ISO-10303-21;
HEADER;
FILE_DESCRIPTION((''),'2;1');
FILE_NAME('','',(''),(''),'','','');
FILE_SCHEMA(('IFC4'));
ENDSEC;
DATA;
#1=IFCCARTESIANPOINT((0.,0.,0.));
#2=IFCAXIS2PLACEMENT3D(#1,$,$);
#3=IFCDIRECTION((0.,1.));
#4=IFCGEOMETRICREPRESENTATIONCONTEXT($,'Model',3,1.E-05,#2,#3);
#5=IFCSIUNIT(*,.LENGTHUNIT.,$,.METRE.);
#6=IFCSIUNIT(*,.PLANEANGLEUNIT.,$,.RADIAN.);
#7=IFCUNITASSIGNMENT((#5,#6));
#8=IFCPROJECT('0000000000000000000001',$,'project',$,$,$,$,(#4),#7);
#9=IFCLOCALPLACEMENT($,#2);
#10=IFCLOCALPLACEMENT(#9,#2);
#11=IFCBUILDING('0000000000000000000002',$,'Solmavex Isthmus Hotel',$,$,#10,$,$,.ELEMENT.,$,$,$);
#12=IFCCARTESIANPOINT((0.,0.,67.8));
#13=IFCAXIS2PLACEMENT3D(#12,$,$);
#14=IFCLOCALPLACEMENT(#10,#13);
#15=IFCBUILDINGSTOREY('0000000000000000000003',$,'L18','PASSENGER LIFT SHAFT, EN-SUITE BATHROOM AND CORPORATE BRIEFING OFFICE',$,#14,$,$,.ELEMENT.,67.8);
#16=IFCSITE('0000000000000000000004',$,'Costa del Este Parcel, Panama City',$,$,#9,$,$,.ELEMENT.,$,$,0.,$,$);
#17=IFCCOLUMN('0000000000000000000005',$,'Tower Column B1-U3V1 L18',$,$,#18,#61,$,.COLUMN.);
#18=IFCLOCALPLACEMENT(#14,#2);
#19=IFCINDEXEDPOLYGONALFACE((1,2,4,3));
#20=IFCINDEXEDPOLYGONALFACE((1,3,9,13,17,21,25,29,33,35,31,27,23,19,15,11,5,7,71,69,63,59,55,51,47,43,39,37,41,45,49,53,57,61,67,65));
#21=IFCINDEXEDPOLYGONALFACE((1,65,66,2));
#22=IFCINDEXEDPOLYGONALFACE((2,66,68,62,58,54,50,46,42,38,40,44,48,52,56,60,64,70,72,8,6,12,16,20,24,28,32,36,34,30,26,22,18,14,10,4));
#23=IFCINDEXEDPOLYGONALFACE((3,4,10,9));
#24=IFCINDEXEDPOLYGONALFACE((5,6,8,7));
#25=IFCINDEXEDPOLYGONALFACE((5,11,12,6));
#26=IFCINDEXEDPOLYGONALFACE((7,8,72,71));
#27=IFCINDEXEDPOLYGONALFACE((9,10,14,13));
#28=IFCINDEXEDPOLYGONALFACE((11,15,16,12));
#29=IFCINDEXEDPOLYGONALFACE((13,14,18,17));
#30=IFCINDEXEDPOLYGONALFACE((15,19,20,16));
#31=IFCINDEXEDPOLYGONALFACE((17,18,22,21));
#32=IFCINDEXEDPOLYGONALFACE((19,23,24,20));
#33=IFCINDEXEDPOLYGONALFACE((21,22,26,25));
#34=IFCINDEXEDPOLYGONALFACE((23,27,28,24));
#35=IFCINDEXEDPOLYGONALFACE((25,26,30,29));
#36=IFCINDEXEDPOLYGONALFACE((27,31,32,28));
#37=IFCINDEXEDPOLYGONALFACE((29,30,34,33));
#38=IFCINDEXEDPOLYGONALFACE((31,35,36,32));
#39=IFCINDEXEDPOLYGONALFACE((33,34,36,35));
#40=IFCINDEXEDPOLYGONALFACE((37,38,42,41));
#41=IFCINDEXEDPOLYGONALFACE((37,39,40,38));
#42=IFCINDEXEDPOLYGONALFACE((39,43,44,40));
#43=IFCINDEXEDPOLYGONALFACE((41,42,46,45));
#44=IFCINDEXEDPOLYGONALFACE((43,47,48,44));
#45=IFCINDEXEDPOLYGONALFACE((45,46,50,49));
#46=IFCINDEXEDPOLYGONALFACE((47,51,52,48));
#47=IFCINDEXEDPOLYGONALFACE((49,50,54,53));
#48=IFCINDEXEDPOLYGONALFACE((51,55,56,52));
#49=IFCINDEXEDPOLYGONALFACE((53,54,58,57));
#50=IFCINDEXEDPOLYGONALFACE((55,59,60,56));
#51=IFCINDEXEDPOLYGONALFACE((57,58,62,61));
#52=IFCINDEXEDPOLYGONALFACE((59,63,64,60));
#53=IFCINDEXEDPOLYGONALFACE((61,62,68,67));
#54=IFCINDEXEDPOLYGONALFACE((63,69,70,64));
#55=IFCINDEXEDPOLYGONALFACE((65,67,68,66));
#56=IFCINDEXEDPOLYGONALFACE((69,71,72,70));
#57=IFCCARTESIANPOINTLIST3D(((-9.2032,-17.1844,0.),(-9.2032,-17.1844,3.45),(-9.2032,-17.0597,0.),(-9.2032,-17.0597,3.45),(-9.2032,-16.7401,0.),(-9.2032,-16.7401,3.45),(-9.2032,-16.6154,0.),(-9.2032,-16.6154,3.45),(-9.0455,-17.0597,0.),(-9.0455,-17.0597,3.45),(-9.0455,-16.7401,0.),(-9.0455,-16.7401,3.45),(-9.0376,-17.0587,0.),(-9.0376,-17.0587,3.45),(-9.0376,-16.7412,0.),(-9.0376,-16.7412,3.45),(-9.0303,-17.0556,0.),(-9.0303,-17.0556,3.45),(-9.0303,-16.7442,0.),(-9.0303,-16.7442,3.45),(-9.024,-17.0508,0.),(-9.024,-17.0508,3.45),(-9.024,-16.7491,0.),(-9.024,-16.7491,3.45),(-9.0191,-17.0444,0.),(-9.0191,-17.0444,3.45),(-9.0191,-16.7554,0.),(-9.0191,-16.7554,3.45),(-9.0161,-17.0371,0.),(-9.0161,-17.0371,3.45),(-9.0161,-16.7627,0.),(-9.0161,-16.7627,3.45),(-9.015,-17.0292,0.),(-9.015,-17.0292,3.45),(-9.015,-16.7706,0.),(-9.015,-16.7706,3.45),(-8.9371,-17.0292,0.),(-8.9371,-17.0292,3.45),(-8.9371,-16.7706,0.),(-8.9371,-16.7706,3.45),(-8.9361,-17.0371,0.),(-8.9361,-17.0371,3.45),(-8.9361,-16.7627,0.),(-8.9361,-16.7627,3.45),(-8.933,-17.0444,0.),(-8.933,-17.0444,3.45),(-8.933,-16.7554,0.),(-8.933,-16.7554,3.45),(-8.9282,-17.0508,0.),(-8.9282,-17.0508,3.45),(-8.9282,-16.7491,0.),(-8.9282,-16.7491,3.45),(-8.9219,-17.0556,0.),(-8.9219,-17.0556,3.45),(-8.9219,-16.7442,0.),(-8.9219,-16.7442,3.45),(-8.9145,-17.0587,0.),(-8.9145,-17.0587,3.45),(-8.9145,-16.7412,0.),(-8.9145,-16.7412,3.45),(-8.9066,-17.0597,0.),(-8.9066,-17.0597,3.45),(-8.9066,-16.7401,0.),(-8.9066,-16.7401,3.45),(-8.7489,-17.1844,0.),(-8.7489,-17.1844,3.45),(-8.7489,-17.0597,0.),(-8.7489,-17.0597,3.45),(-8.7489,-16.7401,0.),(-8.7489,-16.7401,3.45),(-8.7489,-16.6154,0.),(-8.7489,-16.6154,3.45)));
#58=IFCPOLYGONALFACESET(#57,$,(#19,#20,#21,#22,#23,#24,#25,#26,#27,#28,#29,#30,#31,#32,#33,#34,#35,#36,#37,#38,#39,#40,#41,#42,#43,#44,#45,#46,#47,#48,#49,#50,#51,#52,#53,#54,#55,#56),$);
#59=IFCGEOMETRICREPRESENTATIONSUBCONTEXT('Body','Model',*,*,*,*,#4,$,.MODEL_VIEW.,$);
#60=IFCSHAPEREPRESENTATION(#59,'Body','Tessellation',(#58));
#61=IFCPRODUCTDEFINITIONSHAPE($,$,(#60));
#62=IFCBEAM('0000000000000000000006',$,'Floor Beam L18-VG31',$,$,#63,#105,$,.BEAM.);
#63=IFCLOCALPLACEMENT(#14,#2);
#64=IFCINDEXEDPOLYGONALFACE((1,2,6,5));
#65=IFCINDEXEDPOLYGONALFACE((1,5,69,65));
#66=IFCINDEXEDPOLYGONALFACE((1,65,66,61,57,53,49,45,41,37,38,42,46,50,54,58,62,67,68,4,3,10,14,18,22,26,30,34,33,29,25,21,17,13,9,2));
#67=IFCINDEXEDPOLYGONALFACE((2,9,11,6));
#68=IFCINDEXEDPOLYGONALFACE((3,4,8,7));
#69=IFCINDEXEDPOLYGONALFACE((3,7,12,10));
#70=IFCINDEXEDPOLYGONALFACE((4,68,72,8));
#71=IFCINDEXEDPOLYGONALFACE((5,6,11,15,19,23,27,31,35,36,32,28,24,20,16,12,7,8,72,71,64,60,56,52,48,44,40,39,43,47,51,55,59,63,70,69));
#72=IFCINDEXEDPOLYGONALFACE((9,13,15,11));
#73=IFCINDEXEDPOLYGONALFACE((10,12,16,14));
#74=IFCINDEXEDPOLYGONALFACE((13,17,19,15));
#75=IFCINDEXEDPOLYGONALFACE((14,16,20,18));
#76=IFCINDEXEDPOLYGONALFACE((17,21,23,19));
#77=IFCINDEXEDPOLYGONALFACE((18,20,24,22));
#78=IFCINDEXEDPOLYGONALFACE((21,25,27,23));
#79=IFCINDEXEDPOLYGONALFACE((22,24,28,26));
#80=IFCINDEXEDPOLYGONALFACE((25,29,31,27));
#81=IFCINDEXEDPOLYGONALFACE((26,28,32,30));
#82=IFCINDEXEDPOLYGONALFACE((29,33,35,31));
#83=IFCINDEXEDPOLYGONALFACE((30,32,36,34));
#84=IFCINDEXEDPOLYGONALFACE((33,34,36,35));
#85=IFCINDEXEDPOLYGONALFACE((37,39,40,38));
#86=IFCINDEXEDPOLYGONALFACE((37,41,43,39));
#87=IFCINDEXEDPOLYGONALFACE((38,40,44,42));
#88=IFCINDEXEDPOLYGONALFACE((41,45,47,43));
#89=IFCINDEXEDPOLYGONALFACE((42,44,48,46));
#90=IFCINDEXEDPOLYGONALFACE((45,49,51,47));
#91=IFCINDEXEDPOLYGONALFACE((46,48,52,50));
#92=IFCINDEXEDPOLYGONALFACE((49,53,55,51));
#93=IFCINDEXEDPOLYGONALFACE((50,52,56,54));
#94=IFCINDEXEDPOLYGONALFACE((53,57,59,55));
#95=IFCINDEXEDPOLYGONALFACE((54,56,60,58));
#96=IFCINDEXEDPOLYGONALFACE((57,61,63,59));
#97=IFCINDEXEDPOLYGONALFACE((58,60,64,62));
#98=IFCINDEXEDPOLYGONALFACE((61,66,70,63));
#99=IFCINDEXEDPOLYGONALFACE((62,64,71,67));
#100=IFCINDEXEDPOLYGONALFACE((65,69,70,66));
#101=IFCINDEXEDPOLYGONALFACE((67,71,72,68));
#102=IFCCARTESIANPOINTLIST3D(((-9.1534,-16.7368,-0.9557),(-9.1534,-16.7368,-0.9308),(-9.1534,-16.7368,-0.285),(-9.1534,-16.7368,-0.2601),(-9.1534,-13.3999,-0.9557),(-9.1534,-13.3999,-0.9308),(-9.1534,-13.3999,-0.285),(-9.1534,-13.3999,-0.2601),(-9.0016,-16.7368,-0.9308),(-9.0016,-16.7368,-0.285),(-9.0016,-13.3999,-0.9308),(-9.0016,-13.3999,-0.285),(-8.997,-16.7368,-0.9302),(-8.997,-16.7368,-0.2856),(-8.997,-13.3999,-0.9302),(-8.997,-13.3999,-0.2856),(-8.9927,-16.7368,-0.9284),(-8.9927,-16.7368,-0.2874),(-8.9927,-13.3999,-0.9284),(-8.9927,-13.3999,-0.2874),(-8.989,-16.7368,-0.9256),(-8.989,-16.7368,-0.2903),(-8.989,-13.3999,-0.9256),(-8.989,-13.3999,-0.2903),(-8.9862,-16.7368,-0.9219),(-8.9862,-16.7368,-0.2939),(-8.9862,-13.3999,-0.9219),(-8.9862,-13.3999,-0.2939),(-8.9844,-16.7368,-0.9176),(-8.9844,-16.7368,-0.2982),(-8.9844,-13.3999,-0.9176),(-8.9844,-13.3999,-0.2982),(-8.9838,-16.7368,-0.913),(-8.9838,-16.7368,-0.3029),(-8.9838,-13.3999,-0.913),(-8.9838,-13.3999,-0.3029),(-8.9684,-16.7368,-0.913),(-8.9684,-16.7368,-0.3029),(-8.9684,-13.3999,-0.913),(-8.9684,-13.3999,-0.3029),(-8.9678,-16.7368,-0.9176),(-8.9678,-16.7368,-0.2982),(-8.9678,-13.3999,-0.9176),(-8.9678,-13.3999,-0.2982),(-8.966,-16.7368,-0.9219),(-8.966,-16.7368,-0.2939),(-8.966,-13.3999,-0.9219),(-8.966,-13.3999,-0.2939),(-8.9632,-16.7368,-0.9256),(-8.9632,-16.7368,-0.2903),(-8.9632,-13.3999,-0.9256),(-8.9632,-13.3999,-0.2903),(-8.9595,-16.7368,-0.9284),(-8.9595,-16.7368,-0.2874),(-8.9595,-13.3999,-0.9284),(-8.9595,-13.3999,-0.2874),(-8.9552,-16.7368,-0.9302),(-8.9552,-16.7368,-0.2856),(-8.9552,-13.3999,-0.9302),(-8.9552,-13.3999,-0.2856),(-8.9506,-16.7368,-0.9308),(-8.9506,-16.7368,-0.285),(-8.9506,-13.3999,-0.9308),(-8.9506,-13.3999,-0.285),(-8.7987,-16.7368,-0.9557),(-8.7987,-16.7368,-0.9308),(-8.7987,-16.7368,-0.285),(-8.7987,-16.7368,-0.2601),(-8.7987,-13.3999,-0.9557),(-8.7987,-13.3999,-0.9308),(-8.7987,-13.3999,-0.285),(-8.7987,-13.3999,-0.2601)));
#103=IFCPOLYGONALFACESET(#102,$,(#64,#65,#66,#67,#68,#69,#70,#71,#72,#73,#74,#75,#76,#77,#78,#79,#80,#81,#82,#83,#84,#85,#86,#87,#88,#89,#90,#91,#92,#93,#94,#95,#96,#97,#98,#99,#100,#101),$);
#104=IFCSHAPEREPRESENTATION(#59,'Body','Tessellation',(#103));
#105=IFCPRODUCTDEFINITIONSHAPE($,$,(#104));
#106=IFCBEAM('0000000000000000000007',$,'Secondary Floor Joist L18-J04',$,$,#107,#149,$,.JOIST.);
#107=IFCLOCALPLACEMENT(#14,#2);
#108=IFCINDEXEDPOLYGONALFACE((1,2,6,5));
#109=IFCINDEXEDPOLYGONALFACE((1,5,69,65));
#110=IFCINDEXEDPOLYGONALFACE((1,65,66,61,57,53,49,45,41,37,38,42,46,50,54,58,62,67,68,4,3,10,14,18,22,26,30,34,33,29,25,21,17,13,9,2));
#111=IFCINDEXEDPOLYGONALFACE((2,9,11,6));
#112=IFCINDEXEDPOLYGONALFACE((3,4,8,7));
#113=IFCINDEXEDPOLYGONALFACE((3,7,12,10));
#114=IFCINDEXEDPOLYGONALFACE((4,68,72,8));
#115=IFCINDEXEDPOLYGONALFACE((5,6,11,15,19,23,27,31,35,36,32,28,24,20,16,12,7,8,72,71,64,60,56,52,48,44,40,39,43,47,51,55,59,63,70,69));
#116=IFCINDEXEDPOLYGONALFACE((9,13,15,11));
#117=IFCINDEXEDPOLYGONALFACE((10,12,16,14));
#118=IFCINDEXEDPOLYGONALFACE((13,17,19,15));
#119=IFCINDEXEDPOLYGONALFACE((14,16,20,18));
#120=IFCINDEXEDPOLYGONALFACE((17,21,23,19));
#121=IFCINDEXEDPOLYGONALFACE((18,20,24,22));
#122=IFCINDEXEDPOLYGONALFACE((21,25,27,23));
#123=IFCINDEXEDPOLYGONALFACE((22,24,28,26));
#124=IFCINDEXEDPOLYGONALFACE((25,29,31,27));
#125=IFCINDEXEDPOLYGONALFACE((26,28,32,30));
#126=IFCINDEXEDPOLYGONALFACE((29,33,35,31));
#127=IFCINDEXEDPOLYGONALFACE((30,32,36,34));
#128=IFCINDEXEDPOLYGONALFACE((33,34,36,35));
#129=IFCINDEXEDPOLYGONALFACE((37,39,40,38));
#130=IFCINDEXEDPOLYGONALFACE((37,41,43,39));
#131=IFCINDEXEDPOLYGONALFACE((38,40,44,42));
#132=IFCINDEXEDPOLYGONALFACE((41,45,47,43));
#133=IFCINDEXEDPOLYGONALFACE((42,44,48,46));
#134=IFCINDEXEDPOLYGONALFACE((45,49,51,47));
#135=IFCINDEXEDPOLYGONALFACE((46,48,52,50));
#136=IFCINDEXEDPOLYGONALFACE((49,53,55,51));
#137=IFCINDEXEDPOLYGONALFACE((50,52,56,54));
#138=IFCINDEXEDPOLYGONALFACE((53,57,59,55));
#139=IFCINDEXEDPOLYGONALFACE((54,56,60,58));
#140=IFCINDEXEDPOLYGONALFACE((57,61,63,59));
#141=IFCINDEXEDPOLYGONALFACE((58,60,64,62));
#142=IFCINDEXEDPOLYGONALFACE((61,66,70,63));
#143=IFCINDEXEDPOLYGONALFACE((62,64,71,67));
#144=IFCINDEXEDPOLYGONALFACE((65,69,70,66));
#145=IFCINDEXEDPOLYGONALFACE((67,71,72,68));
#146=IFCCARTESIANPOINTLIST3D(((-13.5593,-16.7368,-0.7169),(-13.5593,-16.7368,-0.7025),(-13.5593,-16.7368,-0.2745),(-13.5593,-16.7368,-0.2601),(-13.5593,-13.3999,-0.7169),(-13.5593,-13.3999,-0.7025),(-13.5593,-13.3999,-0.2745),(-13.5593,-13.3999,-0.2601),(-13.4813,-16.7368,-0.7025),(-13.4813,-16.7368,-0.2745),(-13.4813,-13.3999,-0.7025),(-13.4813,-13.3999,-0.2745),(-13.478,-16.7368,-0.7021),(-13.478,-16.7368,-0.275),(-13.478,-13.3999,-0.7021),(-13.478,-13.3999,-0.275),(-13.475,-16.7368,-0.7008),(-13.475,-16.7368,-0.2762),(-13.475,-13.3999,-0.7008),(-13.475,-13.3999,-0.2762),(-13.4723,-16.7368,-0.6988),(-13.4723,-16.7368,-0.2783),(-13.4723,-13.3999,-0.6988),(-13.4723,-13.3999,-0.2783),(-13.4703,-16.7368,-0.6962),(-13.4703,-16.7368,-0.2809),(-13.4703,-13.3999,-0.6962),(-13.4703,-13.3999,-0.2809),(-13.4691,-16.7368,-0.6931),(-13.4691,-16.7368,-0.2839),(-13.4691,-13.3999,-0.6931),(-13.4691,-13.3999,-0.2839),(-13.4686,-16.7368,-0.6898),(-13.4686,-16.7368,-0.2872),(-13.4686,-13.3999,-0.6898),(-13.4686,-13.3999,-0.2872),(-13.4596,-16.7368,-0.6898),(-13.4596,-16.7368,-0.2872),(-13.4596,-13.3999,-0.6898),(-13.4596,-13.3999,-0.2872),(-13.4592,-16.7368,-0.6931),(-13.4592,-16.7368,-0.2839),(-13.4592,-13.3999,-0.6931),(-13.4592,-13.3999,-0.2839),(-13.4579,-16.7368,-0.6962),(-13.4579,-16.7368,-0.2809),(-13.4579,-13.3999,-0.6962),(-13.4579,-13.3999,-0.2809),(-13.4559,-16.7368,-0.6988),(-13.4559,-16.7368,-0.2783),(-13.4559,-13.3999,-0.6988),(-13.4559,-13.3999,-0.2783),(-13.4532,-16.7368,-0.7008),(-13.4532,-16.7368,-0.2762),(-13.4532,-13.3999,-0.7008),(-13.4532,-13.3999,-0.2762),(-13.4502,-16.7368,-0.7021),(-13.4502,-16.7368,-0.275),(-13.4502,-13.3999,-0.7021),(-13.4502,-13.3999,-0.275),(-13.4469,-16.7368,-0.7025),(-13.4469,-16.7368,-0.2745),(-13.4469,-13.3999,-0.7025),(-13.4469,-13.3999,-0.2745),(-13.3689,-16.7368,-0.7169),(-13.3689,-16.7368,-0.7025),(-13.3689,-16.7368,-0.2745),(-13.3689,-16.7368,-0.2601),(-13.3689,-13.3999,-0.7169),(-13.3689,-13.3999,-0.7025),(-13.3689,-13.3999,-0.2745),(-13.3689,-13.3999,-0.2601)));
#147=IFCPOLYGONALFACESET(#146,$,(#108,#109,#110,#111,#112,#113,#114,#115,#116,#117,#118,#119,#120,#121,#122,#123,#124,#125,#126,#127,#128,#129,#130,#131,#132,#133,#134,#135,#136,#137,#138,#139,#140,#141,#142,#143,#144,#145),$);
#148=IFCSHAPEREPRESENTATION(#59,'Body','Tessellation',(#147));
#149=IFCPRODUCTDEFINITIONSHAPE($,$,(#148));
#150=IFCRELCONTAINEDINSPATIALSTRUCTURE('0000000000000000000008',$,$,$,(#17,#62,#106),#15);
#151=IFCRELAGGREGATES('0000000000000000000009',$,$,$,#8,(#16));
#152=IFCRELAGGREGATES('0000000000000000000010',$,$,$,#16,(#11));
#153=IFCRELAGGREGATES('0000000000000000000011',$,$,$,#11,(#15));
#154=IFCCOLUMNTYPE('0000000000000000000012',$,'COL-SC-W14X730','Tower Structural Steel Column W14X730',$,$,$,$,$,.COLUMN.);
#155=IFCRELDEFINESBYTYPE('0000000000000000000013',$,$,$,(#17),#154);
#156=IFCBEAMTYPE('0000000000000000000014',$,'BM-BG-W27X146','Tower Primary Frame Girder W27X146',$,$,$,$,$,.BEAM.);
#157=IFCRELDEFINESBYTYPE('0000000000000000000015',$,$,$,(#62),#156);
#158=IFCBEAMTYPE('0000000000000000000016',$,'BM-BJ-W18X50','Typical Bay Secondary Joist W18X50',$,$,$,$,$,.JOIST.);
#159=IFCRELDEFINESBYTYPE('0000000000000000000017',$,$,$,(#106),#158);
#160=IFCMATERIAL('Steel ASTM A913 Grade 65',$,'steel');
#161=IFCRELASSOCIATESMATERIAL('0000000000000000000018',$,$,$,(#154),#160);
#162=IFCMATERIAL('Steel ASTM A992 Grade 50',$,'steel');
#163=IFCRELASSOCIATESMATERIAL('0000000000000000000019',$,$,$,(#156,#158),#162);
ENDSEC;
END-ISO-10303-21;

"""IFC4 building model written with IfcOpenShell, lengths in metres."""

from ifc_helpers import new_model, si_unit, direction, frame, origin, origin_2d, place, context, subcontext, project, spatial, i_section, extrude, material, material_profile, profile_set, type_object, element, save


model = new_model("IFC4")

# Units and contexts
model_context = context("Model", 3, precision=1e-05, world=origin(), true_north=direction((0.0, 1.0)))
body_context = subcontext(model_context, "Body", "Model", "MODEL_VIEW")
ifc_project = project(units=[si_unit("LENGTHUNIT", "METRE"), si_unit("PLANEANGLEUNIT", "RADIAN")], contexts=[model_context])

# Site, building, storey
site_placement = place(None, origin())
site = spatial("IfcSite", under=ifc_project, at=site_placement, Name="Costa del Este Parcel, Panama City", CompositionType="ELEMENT", RefElevation=0.0)
building_placement = place(site_placement, origin())
building = spatial("IfcBuilding", under=site, at=building_placement, Name="Solmavex Isthmus Hotel", CompositionType="ELEMENT")
storey_placement = place(building_placement, frame((0.0, 0.0, 67.8)))
storey = spatial("IfcBuildingStorey", under=building, at=storey_placement, Name="L18", Description="PASSENGER LIFT SHAFT, EN-SUITE BATHROOM AND CORPORATE BRIEFING OFFICE", CompositionType="ELEMENT", Elevation=67.8)

# Column
ifc_material_1 = material(Name="Steel ASTM A913 Grade 65", Category="steel")
ifc_material_profile_1 = material_profile(ifc_material_1, i_section(OverallWidth=0.4543, OverallDepth=0.5691, WebThickness=0.0779, FlangeThickness=0.1248, FilletRadius=0.0305, at=origin_2d()), Name="W14X730")
ifc_profile_set_1 = profile_set([ifc_material_profile_1], Name="Steel ASTM A913 Grade 65")
column_type = type_object("IfcColumnType", Name="COL-SC-W14X730", Description="Tower Structural Steel Column W14X730", PredefinedType="COLUMN", material=ifc_profile_set_1)
column_placement = place(storey_placement, frame((-8.9761, -16.8999, 0.0), z_axis=(0.0, 0.0, 1.0), x_axis=(1.0, 0.0, 0.0)))
element("IfcColumn", 1, at=column_placement, inside=storey, type_object=column_type, Name="Tower Column B1-U3V1 L18", PredefinedType="COLUMN", context=body_context, shape_type="SweptSolid", body=[
    extrude(i_section(OverallWidth=0.4543, OverallDepth=0.5691, WebThickness=0.0779, FlangeThickness=0.1248, FilletRadius=0.0305, at=origin_2d()), origin(), (0.0, 0.0, 1.0), 3.45),
])

# Beams
ifc_material_2 = material(Name="Steel ASTM A992 Grade 50", Category="steel")
ifc_material_profile_2 = material_profile(ifc_material_2, i_section(OverallWidth=0.3547, OverallDepth=0.6956, WebThickness=0.0154, FlangeThickness=0.0249, FilletRadius=0.0178, at=origin_2d()), Name="W27X146")
ifc_profile_set_2 = profile_set([ifc_material_profile_2], Name="Steel ASTM A992 Grade 50")
beam_type_1 = type_object("IfcBeamType", Name="BM-BG-W27X146", Description="Tower Primary Frame Girder W27X146", PredefinedType="BEAM", material=ifc_profile_set_2)
beam_1_placement = place(storey_placement, frame((-8.9761, -16.7368, -0.6079), z_axis=(0.0, 1.0, 0.0), x_axis=(-1.0, 0.0, 0.0)))
element("IfcBeam", 2, at=beam_1_placement, inside=storey, type_object=beam_type_1, Name="Floor Beam L18-VG31", PredefinedType="BEAM", context=body_context, shape_type="SweptSolid", body=[
    extrude(i_section(OverallWidth=0.3547, OverallDepth=0.6956, WebThickness=0.0154, FlangeThickness=0.0249, FilletRadius=0.0178, at=origin_2d()), origin(), (0.0, 0.0, 1.0), 3.3369),
])
ifc_material_profile_3 = material_profile(ifc_material_2, i_section(OverallWidth=0.1904, OverallDepth=0.4568, WebThickness=0.009, FlangeThickness=0.0144, FilletRadius=0.0127, at=origin_2d()), Name="W18X50")
ifc_profile_set_3 = profile_set([ifc_material_profile_3], Name="Steel ASTM A992 Grade 50")
beam_type_2 = type_object("IfcBeamType", Name="BM-BJ-W18X50", Description="Typical Bay Secondary Joist W18X50", PredefinedType="JOIST", material=ifc_profile_set_3)
beam_2_placement = place(storey_placement, frame((-13.4641, -16.7368, -0.4885), z_axis=(0.0, 1.0, 0.0), x_axis=(-1.0, 0.0, 0.0)))
element("IfcBeam", 3, at=beam_2_placement, inside=storey, type_object=beam_type_2, Name="Secondary Floor Joist L18-J04", PredefinedType="JOIST", context=body_context, shape_type="SweptSolid", body=[
    extrude(i_section(OverallWidth=0.1904, OverallDepth=0.4568, WebThickness=0.009, FlangeThickness=0.0144, FilletRadius=0.0127, at=origin_2d()), origin(), (0.0, 0.0, 1.0), 3.3369),
])

save(model, "model.ifc")
